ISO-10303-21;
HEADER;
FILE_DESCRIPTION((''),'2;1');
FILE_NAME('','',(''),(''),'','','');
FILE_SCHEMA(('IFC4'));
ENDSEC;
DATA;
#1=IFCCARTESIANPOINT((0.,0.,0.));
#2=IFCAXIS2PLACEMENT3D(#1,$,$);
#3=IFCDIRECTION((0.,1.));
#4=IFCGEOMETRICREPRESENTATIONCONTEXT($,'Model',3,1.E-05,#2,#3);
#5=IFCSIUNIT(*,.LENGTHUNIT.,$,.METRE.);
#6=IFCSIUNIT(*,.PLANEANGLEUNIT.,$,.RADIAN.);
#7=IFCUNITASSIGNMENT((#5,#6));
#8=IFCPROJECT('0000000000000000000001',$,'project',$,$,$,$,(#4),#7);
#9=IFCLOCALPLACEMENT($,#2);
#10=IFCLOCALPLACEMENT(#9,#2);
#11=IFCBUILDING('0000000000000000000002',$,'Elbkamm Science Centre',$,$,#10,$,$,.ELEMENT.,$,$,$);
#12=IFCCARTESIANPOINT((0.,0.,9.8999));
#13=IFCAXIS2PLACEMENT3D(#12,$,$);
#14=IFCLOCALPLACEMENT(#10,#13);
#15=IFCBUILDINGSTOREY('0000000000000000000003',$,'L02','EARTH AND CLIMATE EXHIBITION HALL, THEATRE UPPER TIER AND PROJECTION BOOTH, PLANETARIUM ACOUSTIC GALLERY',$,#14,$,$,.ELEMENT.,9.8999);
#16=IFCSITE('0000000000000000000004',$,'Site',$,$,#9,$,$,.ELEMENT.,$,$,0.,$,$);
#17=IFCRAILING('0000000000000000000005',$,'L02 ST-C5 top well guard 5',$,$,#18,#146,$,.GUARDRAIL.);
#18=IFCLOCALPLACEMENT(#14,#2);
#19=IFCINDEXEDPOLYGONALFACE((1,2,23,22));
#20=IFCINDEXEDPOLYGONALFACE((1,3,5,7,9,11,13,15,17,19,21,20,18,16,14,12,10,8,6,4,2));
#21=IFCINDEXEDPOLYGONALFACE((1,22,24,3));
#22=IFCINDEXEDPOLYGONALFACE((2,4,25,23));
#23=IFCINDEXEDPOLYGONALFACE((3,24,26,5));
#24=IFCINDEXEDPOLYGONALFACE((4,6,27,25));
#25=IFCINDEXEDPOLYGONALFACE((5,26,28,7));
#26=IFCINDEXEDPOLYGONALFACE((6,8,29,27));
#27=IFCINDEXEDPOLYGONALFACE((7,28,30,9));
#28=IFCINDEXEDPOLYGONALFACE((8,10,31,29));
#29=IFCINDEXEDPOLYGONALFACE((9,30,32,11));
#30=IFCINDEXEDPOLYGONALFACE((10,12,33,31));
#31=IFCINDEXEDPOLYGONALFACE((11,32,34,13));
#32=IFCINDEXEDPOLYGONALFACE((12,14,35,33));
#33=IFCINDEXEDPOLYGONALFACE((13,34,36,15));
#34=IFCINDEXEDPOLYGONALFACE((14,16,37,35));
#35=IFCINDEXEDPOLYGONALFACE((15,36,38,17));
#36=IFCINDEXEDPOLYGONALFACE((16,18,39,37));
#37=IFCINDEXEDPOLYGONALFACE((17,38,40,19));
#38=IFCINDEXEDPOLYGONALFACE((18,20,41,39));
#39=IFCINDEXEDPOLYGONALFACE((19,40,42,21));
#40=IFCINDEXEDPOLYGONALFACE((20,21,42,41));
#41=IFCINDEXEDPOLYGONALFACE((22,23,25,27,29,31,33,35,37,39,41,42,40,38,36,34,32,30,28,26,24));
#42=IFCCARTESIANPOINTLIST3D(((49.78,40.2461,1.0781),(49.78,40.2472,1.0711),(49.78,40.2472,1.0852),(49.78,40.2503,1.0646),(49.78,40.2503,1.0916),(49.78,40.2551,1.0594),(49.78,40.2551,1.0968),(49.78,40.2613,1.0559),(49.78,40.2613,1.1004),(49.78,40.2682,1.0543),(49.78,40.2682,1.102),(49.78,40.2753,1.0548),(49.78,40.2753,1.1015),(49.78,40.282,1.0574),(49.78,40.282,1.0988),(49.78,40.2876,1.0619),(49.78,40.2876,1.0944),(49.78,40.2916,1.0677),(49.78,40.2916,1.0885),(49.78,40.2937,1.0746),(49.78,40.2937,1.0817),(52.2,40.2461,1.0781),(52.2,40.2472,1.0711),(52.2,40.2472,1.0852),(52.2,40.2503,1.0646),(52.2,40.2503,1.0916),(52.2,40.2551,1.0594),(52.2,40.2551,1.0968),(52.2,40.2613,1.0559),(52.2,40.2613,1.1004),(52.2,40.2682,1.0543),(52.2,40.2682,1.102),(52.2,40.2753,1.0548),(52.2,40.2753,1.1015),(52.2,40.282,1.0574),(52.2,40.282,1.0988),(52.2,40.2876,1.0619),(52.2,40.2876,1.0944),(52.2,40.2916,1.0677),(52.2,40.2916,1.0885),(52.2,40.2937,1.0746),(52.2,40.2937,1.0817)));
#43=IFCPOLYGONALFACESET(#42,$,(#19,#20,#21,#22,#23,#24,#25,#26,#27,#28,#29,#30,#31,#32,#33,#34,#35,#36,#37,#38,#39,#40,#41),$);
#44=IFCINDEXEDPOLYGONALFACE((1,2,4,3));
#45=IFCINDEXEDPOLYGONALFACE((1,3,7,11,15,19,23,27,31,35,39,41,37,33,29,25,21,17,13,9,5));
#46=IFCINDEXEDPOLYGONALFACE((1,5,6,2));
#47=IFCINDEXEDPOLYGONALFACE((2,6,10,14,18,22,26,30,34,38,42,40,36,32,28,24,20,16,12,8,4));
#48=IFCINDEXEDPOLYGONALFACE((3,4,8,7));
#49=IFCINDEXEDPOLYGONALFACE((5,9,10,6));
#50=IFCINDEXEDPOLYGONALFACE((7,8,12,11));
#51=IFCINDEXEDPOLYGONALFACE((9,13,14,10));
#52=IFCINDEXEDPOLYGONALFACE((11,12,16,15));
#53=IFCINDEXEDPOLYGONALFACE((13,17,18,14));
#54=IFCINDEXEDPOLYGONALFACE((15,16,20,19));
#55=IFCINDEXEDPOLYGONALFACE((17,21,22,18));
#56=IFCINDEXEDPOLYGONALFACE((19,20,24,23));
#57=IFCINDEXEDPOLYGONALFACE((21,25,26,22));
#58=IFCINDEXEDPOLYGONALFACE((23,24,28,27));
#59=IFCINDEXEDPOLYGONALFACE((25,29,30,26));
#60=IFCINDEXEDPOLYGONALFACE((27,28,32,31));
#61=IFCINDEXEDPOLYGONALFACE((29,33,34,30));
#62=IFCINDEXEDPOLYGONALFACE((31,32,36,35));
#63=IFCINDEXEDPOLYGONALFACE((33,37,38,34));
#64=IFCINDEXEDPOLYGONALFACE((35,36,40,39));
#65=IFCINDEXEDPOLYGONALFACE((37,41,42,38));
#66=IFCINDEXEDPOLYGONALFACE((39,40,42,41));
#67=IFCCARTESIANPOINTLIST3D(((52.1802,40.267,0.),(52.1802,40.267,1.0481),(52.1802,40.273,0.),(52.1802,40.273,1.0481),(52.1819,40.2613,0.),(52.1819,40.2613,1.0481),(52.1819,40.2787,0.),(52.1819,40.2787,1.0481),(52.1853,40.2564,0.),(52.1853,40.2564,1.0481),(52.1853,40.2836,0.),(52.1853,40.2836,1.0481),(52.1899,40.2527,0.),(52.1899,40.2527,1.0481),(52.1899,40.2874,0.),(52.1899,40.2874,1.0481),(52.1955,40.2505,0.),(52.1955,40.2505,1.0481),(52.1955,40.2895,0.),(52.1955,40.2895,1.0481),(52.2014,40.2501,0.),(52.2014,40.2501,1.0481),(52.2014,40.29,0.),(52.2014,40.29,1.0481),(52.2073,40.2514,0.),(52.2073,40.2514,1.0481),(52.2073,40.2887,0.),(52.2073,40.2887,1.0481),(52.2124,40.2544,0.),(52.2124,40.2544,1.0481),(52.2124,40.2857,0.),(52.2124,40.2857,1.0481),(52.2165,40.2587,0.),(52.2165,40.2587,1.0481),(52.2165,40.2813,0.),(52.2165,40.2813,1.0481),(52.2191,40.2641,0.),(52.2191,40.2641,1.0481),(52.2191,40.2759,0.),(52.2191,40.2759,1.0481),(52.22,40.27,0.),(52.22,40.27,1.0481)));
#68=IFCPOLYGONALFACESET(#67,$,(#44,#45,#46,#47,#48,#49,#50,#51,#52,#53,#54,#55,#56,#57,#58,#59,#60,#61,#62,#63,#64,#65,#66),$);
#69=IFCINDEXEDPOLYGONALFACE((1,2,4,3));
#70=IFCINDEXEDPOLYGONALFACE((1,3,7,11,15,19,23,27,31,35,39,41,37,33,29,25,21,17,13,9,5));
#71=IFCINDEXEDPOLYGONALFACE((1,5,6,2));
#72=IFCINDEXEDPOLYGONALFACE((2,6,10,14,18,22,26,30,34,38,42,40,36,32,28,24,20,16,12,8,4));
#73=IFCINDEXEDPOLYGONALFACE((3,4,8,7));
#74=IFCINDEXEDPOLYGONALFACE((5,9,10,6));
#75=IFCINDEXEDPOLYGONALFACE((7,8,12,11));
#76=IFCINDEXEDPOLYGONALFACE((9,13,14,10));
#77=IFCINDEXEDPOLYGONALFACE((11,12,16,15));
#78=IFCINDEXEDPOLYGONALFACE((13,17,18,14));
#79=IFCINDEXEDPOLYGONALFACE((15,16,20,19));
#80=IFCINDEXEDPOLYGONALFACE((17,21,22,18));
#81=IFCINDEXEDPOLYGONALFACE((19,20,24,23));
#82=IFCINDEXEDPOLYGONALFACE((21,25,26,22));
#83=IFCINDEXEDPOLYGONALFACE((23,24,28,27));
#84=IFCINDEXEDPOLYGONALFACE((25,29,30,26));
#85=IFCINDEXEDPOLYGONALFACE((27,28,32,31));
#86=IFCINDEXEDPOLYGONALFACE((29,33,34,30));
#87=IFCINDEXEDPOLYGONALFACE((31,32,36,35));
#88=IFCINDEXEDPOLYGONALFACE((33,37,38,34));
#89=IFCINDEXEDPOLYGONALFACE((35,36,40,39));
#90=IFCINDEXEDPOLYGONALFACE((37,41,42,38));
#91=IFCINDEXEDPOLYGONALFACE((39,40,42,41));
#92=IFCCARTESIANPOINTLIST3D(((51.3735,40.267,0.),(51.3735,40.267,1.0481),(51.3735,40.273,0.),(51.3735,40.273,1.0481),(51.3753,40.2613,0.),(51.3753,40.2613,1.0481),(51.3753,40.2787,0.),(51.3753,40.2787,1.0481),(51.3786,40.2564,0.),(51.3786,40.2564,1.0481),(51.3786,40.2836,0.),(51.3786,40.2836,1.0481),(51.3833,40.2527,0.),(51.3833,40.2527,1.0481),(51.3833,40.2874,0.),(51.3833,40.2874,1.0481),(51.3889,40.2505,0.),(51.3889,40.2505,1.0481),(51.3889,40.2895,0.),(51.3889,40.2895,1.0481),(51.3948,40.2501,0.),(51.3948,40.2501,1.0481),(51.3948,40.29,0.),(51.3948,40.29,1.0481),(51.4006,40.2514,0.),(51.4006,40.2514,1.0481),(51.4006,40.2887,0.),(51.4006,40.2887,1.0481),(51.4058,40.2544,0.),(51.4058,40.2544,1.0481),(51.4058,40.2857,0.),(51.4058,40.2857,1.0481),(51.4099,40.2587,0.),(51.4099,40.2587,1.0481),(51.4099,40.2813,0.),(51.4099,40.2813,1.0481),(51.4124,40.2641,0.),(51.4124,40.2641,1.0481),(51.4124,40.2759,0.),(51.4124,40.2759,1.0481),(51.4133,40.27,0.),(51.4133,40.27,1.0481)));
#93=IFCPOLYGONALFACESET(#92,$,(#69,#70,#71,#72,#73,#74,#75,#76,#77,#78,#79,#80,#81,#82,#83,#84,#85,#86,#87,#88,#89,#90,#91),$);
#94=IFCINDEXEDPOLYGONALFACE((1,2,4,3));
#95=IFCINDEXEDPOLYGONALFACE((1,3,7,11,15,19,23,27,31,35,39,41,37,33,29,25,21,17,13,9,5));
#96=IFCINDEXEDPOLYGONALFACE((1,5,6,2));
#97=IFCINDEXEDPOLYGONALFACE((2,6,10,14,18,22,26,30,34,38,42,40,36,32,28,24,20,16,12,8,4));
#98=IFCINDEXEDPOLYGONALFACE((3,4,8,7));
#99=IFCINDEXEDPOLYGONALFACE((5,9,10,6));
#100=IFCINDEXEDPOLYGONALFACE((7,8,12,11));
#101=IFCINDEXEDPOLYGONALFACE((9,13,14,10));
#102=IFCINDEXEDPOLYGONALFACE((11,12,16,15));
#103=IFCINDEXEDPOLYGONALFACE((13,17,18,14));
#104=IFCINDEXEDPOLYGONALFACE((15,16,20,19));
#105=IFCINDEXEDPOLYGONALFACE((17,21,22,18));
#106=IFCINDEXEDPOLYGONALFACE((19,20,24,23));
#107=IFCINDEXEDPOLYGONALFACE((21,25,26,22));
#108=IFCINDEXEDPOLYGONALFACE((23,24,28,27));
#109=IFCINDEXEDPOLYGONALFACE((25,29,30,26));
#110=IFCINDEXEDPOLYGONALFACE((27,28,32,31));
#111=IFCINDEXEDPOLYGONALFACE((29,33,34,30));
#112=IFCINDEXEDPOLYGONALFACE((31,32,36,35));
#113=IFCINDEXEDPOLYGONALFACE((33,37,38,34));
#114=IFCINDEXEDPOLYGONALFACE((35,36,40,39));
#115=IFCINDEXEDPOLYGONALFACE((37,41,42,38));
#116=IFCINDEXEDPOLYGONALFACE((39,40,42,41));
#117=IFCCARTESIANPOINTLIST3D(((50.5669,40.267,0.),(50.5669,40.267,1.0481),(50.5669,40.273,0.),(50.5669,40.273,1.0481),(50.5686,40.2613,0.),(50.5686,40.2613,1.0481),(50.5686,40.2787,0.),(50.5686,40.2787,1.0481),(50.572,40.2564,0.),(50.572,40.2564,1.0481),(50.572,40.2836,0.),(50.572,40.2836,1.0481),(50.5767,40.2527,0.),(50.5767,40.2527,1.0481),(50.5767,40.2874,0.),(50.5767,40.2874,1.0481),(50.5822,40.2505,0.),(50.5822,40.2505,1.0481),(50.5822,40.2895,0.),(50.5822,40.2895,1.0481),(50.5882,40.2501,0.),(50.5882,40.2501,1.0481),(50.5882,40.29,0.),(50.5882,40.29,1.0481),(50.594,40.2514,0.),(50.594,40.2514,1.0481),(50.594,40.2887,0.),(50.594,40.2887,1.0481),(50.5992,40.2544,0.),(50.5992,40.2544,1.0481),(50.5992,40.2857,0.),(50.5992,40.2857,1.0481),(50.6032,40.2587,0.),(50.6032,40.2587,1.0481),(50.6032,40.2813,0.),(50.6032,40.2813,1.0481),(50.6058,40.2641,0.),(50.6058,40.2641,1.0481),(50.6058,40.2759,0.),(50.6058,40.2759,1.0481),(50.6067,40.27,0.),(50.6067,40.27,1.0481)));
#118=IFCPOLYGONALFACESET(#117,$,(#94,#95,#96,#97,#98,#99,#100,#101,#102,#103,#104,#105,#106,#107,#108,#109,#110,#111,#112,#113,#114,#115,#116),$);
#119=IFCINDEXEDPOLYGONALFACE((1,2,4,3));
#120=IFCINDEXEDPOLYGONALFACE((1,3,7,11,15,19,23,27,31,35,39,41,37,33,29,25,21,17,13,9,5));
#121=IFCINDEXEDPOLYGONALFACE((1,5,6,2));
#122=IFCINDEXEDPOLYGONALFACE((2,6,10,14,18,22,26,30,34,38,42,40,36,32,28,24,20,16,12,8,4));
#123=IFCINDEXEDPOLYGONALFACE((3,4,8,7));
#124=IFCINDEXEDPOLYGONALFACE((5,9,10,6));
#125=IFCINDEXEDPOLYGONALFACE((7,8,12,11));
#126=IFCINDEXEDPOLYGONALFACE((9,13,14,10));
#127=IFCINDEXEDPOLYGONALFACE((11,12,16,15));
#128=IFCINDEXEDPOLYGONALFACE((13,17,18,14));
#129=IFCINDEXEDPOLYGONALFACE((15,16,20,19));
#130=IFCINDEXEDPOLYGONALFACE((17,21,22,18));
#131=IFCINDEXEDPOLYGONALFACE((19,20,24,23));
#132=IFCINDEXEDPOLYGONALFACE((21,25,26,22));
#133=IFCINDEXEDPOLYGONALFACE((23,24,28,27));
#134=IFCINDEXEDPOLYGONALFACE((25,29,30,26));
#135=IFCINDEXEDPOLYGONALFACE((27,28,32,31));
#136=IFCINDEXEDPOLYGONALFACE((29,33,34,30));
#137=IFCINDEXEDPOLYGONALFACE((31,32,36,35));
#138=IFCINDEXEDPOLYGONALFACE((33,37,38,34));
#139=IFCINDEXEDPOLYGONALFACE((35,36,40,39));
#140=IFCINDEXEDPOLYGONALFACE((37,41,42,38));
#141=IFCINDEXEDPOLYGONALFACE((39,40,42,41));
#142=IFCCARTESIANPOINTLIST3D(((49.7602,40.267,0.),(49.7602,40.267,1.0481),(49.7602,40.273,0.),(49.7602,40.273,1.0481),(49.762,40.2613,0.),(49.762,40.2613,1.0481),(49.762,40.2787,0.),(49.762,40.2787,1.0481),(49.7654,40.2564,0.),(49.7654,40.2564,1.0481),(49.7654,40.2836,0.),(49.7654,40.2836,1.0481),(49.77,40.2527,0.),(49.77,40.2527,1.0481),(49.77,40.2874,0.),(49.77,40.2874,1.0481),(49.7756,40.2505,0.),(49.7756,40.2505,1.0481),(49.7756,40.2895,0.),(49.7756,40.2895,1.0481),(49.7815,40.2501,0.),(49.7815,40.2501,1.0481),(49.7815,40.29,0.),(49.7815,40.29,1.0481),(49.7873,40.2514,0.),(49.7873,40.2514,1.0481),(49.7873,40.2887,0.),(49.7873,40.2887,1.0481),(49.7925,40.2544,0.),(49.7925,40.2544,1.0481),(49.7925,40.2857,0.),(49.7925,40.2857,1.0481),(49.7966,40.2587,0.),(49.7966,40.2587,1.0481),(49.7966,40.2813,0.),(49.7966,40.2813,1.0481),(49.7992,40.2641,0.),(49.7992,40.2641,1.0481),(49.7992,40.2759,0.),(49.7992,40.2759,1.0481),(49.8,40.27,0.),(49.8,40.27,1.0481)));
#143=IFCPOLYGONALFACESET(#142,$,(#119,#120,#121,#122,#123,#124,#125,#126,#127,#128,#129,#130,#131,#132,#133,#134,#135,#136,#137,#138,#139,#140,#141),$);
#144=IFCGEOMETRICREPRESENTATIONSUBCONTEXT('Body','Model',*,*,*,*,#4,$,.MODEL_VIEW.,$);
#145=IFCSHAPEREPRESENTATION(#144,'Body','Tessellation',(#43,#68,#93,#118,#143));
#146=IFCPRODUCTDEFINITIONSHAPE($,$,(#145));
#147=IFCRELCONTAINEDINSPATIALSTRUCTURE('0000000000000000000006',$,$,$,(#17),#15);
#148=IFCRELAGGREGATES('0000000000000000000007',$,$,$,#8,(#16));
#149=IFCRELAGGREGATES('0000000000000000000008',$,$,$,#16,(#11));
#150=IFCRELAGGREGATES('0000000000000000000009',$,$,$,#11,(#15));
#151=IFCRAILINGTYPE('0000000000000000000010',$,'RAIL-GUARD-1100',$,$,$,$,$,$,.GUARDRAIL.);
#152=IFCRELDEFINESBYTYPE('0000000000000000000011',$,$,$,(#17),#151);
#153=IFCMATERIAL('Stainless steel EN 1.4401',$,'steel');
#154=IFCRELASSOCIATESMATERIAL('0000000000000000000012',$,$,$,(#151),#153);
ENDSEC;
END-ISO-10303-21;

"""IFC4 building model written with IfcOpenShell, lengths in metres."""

from ifc_helpers import new_model, si_unit, direction, frame, origin, origin_2d, place, context, subcontext, project, spatial, circle, extrude, material, type_object, element, save


model = new_model("IFC4")

# Units and contexts
model_context = context("Model", 3, precision=1e-05, world=origin(), true_north=direction((0.0, 1.0)))
body_context = subcontext(model_context, "Body", "Model", "MODEL_VIEW")
ifc_project = project(units=[si_unit("LENGTHUNIT", "METRE"), si_unit("PLANEANGLEUNIT", "RADIAN")], contexts=[model_context])

# Site, building, storey
site_placement = place(None, origin())
site = spatial("IfcSite", under=ifc_project, at=site_placement, Name="Site", CompositionType="ELEMENT", RefElevation=0.0)
building_placement = place(site_placement, origin())
building = spatial("IfcBuilding", under=site, at=building_placement, Name="Elbkamm Science Centre", CompositionType="ELEMENT")
storey_placement = place(building_placement, frame((0.0, 0.0, 9.8999)))
storey = spatial("IfcBuildingStorey", under=building, at=storey_placement, Name="L02", Description="EARTH AND CLIMATE EXHIBITION HALL, THEATRE UPPER TIER AND PROJECTION BOOTH, PLANETARIUM ACOUSTIC GALLERY", CompositionType="ELEMENT", Elevation=9.8999)

# Railing
ifc_material_1 = material(Name="Stainless steel EN 1.4401", Category="steel")
railing_type = type_object("IfcRailingType", Name="RAIL-GUARD-1100", PredefinedType="GUARDRAIL", material=ifc_material_1)
for number, where, name in (
    (1, (52.2, 40.27, 0.0), "L02 ST-C5 top well guard 5"),
):
    element("IfcRailing", number, at=place(storey_placement, frame(where)), inside=storey, type_object=railing_type, Name=name, PredefinedType="GUARDRAIL", context=body_context, shape_type="SweptSolid", body=[
        extrude(circle(Radius=0.0239, at=origin_2d()), frame((0.0, 0.0, 1.0781), z_axis=(-1.0, 0.0, 0.0), x_axis=(0.0, -1.0, 0.0)), (0.0, 0.0, 1.0), 2.4199),
        extrude(circle(Radius=0.02, at=origin_2d()), origin(), (0.0, 0.0, 1.0), 1.0481),
        extrude(circle(Radius=0.02, at=origin_2d()), frame((-0.8066, 0.0, 0.0)), (0.0, 0.0, 1.0), 1.0481),
        extrude(circle(Radius=0.02, at=origin_2d()), frame((-1.6133, 0.0, 0.0)), (0.0, 0.0, 1.0), 1.0481),
        extrude(circle(Radius=0.02, at=origin_2d()), frame((-2.4199, 0.0, 0.0)), (0.0, 0.0, 1.0), 1.0481),
    ])

save(model, "model.ifc")
